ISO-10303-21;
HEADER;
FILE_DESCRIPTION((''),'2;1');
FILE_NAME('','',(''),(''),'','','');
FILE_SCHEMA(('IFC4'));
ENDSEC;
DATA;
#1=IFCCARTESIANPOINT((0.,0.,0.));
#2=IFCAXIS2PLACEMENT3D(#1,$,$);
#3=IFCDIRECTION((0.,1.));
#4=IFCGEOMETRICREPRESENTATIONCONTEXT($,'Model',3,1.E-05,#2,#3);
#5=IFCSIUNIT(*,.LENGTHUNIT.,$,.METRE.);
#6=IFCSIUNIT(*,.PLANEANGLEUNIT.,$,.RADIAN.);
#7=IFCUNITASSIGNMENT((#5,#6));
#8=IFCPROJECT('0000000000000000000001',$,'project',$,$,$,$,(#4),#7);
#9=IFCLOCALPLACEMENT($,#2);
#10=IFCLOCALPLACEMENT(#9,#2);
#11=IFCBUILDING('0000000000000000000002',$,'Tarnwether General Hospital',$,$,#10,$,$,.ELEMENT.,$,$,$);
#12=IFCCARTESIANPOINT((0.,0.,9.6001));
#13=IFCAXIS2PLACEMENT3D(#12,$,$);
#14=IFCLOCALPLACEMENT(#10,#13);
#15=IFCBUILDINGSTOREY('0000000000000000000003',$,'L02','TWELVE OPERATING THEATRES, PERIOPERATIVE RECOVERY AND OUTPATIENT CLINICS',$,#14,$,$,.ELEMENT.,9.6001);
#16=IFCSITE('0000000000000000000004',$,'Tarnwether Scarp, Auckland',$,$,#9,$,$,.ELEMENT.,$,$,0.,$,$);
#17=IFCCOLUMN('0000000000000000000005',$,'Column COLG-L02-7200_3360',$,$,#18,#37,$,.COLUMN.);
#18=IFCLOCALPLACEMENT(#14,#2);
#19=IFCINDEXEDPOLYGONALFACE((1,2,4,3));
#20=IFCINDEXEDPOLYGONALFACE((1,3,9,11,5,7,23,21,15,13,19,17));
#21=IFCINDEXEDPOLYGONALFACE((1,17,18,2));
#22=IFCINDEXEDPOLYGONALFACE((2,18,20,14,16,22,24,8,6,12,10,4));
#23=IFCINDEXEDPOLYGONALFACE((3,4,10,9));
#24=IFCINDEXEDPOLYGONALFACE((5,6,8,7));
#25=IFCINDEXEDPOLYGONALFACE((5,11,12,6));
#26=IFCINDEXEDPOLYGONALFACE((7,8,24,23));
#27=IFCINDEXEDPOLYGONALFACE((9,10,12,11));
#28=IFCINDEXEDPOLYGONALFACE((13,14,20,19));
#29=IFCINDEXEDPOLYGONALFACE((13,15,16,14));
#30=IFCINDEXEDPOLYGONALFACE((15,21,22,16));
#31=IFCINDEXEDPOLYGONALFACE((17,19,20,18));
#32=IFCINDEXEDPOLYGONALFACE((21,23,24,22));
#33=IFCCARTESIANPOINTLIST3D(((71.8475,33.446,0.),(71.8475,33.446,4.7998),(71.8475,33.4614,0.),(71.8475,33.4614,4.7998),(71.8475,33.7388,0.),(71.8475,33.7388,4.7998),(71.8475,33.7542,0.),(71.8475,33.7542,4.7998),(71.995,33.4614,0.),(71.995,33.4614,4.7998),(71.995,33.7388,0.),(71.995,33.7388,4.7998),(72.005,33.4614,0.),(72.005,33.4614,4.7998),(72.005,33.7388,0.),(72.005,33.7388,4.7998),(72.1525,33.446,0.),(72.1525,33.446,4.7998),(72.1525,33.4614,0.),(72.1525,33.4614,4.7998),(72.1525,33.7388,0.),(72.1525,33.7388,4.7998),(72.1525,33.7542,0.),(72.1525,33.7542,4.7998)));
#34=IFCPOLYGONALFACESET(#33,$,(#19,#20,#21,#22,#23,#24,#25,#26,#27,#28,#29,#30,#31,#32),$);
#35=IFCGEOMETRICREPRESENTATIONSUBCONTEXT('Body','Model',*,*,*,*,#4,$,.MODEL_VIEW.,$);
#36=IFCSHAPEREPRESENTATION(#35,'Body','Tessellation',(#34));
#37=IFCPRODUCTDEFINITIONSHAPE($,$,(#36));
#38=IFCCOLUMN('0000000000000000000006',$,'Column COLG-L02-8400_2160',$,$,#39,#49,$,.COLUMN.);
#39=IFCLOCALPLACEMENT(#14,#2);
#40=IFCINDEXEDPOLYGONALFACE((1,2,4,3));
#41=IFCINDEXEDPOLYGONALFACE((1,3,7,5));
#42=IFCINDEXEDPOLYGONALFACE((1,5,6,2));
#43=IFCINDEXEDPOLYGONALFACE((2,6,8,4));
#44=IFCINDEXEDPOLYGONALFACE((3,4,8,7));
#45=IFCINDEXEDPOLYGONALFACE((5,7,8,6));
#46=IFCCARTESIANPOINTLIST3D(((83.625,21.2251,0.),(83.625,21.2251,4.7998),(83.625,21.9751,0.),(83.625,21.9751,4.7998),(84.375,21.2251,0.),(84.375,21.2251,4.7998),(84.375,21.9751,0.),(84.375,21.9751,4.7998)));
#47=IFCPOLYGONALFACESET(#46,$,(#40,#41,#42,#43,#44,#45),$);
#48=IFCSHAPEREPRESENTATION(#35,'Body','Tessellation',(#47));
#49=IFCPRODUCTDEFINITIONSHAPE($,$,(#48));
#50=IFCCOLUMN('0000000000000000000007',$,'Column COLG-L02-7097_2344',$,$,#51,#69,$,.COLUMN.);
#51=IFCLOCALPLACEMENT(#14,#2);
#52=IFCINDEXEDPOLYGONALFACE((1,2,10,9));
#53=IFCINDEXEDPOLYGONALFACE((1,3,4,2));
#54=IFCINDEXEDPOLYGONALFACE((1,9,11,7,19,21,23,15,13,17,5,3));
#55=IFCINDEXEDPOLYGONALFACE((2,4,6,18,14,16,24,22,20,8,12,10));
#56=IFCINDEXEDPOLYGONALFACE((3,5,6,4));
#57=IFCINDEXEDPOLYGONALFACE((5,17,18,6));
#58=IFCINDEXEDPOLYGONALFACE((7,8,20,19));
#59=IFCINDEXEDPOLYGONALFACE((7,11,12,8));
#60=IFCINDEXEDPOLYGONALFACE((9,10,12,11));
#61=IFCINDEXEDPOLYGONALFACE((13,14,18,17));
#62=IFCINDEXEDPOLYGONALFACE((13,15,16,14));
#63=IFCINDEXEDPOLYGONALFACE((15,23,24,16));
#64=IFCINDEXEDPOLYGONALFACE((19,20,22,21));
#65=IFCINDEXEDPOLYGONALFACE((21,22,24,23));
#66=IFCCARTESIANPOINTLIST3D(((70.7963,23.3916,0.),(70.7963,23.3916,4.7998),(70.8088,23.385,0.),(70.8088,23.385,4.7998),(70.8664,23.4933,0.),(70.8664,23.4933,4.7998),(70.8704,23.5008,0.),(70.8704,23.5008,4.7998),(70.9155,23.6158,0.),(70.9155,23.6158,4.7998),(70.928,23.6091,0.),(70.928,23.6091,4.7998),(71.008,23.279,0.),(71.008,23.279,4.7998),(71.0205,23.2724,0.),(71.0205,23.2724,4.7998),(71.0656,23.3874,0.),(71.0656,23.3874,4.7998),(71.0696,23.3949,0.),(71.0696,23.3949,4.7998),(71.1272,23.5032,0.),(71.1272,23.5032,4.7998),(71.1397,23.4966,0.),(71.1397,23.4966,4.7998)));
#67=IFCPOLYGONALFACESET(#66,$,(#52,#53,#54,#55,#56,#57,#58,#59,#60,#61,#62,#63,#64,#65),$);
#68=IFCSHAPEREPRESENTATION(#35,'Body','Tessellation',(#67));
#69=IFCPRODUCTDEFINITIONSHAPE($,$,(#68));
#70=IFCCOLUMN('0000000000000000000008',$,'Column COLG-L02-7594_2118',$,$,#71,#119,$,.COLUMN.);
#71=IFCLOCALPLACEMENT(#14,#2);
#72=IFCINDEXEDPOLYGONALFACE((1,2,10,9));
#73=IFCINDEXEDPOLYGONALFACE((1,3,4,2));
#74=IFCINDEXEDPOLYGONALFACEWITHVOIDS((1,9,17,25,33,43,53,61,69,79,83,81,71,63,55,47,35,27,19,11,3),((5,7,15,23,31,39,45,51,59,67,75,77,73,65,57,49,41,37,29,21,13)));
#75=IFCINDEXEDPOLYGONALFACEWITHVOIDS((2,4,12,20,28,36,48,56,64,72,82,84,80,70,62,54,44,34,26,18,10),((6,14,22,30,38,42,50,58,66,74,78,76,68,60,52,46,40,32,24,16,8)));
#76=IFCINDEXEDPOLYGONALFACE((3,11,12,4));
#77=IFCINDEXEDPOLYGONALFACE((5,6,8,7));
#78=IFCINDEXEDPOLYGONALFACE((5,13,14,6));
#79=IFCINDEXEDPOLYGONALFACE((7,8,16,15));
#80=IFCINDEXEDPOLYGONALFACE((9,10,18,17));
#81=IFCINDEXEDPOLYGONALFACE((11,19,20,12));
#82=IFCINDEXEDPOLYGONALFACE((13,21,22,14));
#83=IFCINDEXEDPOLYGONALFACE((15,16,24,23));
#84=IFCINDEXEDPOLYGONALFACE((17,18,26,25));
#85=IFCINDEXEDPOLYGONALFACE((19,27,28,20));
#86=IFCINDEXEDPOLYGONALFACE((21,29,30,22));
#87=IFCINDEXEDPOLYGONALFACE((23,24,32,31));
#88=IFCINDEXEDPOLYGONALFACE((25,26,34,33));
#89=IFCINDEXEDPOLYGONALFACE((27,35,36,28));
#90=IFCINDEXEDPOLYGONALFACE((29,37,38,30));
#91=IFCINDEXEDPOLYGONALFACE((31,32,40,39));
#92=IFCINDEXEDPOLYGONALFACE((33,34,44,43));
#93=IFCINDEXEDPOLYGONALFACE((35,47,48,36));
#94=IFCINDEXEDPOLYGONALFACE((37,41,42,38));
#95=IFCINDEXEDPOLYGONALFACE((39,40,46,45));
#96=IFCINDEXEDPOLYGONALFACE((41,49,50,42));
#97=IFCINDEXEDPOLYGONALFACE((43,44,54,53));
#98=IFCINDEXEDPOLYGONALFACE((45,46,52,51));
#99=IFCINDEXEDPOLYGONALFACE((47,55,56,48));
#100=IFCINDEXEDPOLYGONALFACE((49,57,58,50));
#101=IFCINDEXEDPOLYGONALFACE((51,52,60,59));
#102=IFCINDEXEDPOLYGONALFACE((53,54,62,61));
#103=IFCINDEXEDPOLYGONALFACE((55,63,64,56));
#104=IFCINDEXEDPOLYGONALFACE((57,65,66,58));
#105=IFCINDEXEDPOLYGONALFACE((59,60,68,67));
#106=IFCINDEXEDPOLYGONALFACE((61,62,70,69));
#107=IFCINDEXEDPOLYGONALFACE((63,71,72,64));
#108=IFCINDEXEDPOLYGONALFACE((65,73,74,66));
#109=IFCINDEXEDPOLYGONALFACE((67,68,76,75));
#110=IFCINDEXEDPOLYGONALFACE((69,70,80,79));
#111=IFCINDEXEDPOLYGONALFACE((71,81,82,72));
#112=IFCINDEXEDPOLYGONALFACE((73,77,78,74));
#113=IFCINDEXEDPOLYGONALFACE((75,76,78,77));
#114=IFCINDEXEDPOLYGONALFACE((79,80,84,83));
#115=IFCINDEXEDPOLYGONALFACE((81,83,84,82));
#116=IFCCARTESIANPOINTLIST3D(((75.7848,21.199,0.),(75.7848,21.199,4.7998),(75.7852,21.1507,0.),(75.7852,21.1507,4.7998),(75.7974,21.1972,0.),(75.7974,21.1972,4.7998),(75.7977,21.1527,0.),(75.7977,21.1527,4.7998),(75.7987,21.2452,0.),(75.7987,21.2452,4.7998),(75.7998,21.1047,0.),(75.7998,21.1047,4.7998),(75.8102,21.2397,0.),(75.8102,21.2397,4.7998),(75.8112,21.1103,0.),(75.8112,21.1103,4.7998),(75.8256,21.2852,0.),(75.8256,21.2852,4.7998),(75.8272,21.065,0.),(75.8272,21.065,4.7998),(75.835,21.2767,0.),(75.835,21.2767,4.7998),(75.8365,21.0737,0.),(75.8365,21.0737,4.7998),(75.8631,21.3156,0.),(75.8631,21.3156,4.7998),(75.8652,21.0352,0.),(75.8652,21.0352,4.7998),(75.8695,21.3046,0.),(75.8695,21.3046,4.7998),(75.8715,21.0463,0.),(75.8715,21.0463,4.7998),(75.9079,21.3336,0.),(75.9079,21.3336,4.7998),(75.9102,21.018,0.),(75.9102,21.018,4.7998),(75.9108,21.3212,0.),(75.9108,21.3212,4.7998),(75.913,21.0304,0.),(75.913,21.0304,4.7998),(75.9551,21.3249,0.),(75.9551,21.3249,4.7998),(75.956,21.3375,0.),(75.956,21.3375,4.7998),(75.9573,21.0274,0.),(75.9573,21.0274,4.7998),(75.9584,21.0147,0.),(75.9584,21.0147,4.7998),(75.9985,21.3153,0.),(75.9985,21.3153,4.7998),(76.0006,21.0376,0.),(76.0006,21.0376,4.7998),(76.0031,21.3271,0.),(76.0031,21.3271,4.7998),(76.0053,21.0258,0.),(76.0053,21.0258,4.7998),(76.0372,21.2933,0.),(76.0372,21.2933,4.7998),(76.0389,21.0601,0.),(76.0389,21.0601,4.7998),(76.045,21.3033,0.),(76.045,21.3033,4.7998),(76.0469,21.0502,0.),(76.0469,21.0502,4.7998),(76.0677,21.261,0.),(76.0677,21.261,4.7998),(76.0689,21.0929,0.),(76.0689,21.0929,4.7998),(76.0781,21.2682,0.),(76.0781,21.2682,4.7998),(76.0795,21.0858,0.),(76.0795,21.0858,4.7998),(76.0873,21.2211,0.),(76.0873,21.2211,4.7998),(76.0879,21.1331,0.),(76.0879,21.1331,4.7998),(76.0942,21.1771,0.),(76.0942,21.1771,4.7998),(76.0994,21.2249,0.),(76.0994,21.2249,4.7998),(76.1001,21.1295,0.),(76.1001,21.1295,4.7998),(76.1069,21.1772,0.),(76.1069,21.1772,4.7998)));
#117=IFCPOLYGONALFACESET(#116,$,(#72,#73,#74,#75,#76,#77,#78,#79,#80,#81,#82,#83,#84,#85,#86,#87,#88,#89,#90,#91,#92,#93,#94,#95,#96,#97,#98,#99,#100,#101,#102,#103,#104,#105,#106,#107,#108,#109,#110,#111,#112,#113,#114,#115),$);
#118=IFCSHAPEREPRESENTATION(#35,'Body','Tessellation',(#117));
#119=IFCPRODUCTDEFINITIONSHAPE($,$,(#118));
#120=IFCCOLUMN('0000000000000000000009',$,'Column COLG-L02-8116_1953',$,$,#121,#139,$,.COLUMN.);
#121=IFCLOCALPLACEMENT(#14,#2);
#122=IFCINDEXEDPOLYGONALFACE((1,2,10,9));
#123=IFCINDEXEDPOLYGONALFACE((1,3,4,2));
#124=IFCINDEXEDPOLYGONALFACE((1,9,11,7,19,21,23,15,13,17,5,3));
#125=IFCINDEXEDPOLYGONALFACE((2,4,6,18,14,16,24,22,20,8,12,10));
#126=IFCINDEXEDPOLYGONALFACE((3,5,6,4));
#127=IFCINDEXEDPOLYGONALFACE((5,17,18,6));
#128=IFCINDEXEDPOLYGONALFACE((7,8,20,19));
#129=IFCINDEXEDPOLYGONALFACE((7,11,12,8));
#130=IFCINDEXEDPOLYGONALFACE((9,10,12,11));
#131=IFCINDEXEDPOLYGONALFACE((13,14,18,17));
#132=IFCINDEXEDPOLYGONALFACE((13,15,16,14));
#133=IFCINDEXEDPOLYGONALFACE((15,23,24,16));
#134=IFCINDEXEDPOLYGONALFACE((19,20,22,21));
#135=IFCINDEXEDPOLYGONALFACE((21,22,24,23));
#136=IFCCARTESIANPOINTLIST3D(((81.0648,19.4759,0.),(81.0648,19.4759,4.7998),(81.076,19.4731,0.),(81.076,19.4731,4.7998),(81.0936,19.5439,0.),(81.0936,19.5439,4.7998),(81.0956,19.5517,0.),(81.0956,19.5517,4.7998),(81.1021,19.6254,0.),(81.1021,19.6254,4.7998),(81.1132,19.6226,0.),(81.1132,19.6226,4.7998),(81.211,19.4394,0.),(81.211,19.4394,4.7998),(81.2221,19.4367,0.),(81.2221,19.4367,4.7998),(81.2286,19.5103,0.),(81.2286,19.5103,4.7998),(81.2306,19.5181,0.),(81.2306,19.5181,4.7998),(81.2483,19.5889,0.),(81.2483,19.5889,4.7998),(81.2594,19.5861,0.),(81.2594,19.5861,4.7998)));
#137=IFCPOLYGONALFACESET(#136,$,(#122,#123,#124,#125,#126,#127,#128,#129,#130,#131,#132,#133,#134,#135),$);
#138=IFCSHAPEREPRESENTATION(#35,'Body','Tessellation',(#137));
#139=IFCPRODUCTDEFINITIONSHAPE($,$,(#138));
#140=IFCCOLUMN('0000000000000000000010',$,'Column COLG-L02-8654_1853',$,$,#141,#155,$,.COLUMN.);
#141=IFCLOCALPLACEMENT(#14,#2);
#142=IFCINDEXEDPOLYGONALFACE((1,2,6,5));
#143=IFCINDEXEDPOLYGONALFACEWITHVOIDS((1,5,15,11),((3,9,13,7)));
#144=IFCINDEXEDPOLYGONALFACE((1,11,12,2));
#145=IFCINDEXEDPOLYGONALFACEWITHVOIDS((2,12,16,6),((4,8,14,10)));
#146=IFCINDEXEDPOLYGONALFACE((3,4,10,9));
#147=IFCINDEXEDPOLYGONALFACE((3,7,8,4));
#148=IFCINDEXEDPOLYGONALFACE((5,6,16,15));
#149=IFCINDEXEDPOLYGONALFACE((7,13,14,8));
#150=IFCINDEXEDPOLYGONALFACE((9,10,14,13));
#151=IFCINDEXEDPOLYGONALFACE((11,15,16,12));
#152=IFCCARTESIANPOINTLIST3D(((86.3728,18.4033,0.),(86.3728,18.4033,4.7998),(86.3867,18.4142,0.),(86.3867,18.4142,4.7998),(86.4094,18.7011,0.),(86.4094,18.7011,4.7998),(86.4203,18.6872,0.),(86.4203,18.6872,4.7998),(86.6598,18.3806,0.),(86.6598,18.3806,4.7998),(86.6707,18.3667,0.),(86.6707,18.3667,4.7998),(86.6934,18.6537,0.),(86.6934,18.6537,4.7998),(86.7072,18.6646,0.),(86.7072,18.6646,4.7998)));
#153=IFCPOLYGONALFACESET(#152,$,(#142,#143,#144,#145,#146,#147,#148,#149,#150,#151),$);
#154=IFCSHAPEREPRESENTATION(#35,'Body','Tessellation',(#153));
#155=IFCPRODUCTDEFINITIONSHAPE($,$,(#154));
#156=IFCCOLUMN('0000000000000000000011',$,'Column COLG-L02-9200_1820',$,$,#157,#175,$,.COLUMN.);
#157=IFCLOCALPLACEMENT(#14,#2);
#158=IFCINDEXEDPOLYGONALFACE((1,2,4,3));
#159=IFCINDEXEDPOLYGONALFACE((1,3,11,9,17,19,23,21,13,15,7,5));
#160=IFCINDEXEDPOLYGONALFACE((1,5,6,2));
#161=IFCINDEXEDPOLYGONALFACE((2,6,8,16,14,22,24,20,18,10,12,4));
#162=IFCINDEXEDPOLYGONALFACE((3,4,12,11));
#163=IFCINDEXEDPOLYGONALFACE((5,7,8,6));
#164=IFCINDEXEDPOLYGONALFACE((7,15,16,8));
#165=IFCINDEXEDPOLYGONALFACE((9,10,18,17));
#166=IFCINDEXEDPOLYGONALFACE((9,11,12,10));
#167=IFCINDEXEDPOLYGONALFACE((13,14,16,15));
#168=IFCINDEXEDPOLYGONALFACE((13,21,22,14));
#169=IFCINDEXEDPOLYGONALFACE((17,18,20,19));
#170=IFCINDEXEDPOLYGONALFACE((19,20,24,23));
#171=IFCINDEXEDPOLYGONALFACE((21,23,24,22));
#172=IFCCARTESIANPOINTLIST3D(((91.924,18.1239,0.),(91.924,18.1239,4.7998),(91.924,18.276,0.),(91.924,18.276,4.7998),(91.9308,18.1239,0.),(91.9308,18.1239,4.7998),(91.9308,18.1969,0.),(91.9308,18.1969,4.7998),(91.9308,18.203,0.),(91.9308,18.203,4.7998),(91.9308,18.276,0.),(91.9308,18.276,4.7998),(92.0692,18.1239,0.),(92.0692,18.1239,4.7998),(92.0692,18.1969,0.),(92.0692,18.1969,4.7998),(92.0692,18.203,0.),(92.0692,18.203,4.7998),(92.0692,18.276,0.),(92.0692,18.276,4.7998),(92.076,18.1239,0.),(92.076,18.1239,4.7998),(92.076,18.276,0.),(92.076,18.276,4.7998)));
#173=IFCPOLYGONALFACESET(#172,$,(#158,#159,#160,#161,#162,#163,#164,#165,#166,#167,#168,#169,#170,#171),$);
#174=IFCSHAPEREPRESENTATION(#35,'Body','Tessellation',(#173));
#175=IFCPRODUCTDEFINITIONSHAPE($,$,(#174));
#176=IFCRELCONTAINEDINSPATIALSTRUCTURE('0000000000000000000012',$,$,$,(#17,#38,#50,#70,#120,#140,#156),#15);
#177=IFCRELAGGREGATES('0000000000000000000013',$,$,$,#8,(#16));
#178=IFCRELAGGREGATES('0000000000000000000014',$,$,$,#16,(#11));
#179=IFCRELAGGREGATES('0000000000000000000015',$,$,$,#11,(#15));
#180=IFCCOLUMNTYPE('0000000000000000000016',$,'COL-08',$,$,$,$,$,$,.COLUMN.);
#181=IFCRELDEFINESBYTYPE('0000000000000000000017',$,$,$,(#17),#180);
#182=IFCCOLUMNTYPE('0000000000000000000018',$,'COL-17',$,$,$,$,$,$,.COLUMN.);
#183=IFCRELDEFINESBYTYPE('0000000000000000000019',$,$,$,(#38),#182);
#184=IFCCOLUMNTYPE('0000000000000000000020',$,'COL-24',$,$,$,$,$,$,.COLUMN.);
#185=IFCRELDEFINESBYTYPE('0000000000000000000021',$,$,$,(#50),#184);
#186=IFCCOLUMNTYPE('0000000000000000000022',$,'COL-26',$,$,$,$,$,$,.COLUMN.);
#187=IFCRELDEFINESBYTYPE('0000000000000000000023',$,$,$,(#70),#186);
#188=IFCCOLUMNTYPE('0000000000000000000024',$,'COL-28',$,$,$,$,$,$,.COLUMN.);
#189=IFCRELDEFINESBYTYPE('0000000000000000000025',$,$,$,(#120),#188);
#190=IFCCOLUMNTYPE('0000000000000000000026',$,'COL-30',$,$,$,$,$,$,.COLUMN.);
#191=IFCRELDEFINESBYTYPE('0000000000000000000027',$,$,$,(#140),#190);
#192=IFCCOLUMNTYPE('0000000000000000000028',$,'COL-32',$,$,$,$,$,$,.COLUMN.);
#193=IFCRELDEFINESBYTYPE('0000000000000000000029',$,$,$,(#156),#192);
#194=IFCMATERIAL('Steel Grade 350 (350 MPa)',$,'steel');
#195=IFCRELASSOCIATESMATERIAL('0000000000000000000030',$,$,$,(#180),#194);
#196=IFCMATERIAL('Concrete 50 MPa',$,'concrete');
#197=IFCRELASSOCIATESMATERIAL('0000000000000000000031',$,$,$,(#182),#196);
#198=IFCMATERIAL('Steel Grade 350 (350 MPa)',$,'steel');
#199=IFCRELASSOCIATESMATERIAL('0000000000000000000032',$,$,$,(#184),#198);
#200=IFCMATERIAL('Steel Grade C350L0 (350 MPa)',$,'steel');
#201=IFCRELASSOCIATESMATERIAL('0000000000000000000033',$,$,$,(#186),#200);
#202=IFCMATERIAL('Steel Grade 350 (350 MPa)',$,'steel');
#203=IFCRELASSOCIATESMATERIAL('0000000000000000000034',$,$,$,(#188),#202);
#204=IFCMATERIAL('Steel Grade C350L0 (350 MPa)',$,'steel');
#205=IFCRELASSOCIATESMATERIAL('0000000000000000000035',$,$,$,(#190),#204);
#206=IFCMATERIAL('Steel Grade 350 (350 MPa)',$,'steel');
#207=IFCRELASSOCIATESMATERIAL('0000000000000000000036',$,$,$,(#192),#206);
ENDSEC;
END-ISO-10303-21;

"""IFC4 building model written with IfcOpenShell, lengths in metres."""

from ifc_helpers import new_model, si_unit, direction, frame, origin, origin_2d, place, context, subcontext, project, spatial, rectangle, hollow_rectangle, hollow_circle, i_section, extrude, material, material_profile, profile_set, type_object, element, save


model = new_model("IFC4")

# Units and contexts
model_context = context("Model", 3, precision=1e-05, world=origin(), true_north=direction((0.0, 1.0)))
body_context = subcontext(model_context, "Body", "Model", "MODEL_VIEW")
ifc_project = project(units=[si_unit("LENGTHUNIT", "METRE"), si_unit("PLANEANGLEUNIT", "RADIAN")], contexts=[model_context])

# Site, building, storey
site_placement = place(None, origin())
site = spatial("IfcSite", under=ifc_project, at=site_placement, Name="Tarnwether Scarp, Auckland", CompositionType="ELEMENT", RefElevation=0.0)
building_placement = place(site_placement, origin())
building = spatial("IfcBuilding", under=site, at=building_placement, Name="Tarnwether General Hospital", CompositionType="ELEMENT")
storey_placement = place(building_placement, frame((0.0, 0.0, 9.6001)))
storey = spatial("IfcBuildingStorey", under=building, at=storey_placement, Name="L02", Description="TWELVE OPERATING THEATRES, PERIOPERATIVE RECOVERY AND OUTPATIENT CLINICS", CompositionType="ELEMENT", Elevation=9.6001)

# Columns
ifc_material_1 = material(Name="Steel Grade 350 (350 MPa)", Category="steel")
ifc_material_profile_1 = material_profile(ifc_material_1, i_section(OverallWidth=0.3049, OverallDepth=0.3081, WebThickness=0.01, FlangeThickness=0.0154, at=origin_2d()), Name="310UC96.8")
ifc_profile_set_1 = profile_set([ifc_material_profile_1], Name="Steel Grade 350 (350 MPa)")
column_type_1 = type_object("IfcColumnType", Name="COL-08", PredefinedType="COLUMN", material=ifc_profile_set_1)
column_1_placement = place(storey_placement, frame((72.0, 33.6001, 0.0), z_axis=(0.0, 0.0, 1.0), x_axis=(1.0, 0.0, 0.0)))
element("IfcColumn", 1, at=column_1_placement, inside=storey, type_object=column_type_1, Name="Column COLG-L02-7200_3360", PredefinedType="COLUMN", context=body_context, shape_type="SweptSolid", body=[
    extrude(i_section(OverallWidth=0.3049, OverallDepth=0.3081, WebThickness=0.01, FlangeThickness=0.0154, at=origin_2d()), origin(), (0.0, 0.0, 1.0), 4.7998),
])
ifc_material_2 = material(Name="Concrete 50 MPa", Category="concrete")
ifc_material_profile_2 = material_profile(ifc_material_2, rectangle(XDim=0.75, YDim=0.75, at=origin_2d()), Name="RC-COL-750x750")
ifc_profile_set_2 = profile_set([ifc_material_profile_2], Name="Concrete 50 MPa")
column_type_2 = type_object("IfcColumnType", Name="COL-17", PredefinedType="COLUMN", material=ifc_profile_set_2)
column_2_placement = place(storey_placement, frame((84.0, 21.6001, 0.0), z_axis=(0.0, 0.0, 1.0), x_axis=(0.0, 1.0, 0.0)))
element("IfcColumn", 2, at=column_2_placement, inside=storey, type_object=column_type_2, Name="Column COLG-L02-8400_2160", PredefinedType="COLUMN", context=body_context, shape_type="SweptSolid", body=[
    extrude(rectangle(XDim=0.75, YDim=0.75, at=origin_2d()), origin(), (0.0, 0.0, 1.0), 4.7998),
])
ifc_material_3 = material(Name="Steel Grade 350 (350 MPa)", Category="steel")
ifc_material_profile_3 = material_profile(ifc_material_3, i_section(OverallWidth=0.2539, OverallDepth=0.2539, WebThickness=0.0085, FlangeThickness=0.0142, at=origin_2d()), Name="250UC72.9")
ifc_profile_set_3 = profile_set([ifc_material_profile_3], Name="Steel Grade 350 (350 MPa)")
column_type_3 = type_object("IfcColumnType", Name="COL-24", PredefinedType="COLUMN", material=ifc_profile_set_3)
column_3_placement = place(storey_placement, frame((70.968, 23.4441, 0.0), z_axis=(0.0, 0.0, 1.0), x_axis=(0.469472, 0.882948, 0.0)))
element("IfcColumn", 3, at=column_3_placement, inside=storey, type_object=column_type_3, Name="Column COLG-L02-7097_2344", PredefinedType="COLUMN", context=body_context, shape_type="SweptSolid", body=[
    extrude(i_section(OverallWidth=0.2539, OverallDepth=0.2539, WebThickness=0.0085, FlangeThickness=0.0142, at=origin_2d()), origin(), (0.0, 0.0, 1.0), 4.7998),
])
ifc_material_4 = material(Name="Steel Grade C350L0 (350 MPa)", Category="steel")
ifc_material_profile_4 = material_profile(ifc_material_4, hollow_circle(Radius=0.1619, WallThickness=0.0127, at=origin_2d()), Name="CHS323.9x12.7")
ifc_profile_set_4 = profile_set([ifc_material_profile_4], Name="Steel Grade C350L0 (350 MPa)")
column_type_4 = type_object("IfcColumnType", Name="COL-26", PredefinedType="COLUMN", material=ifc_profile_set_4)
column_4_placement = place(storey_placement, frame((75.9451, 21.176, 0.0), z_axis=(0.0, 0.0, 1.0), x_axis=(0.358368, 0.93358, 0.0)))
element("IfcColumn", 4, at=column_4_placement, inside=storey, type_object=column_type_4, Name="Column COLG-L02-7594_2118", PredefinedType="COLUMN", context=body_context, shape_type="SweptSolid", body=[
    extrude(hollow_circle(Radius=0.1619, WallThickness=0.0127, at=origin_2d()), origin(), (0.0, 0.0, 1.0), 4.7998),
])
ifc_material_5 = material(Name="Steel Grade 350 (350 MPa)", Category="steel")
ifc_material_profile_5 = material_profile(ifc_material_5, i_section(OverallWidth=0.1541, OverallDepth=0.1621, WebThickness=0.0081, FlangeThickness=0.0115, at=origin_2d()), Name="150UC37.2")
ifc_profile_set_5 = profile_set([ifc_material_profile_5], Name="Steel Grade 350 (350 MPa)")
column_type_5 = type_object("IfcColumnType", Name="COL-28", PredefinedType="COLUMN", material=ifc_profile_set_5)
column_5_placement = place(storey_placement, frame((81.1621, 19.531, 0.0), z_axis=(0.0, 0.0, 1.0), x_axis=(0.241922, 0.970296, 0.0)))
element("IfcColumn", 5, at=column_5_placement, inside=storey, type_object=column_type_5, Name="Column COLG-L02-8116_1953", PredefinedType="COLUMN", context=body_context, shape_type="SweptSolid", body=[
    extrude(i_section(OverallWidth=0.1541, OverallDepth=0.1621, WebThickness=0.0081, FlangeThickness=0.0115, at=origin_2d()), origin(), (0.0, 0.0, 1.0), 4.7998),
])
ifc_material_6 = material(Name="Steel Grade C350L0 (350 MPa)", Category="steel")
ifc_material_profile_6 = material_profile(ifc_material_6, hollow_rectangle(XDim=0.3, YDim=0.3, WallThickness=0.0125, at=origin_2d()), Name="SHS300x300x12.5")
ifc_profile_set_6 = profile_set([ifc_material_profile_6], Name="Steel Grade C350L0 (350 MPa)")
column_type_6 = type_object("IfcColumnType", Name="COL-30", PredefinedType="COLUMN", material=ifc_profile_set_6)
column_6_placement = place(storey_placement, frame((86.54, 18.5339, 0.0), z_axis=(0.0, 0.0, 1.0), x_axis=(0.121869, 0.992546, 0.0)))
element("IfcColumn", 6, at=column_6_placement, inside=storey, type_object=column_type_6, Name="Column COLG-L02-8654_1853", PredefinedType="COLUMN", context=body_context, shape_type="SweptSolid", body=[
    extrude(hollow_rectangle(XDim=0.3, YDim=0.3, WallThickness=0.0125, at=origin_2d()), origin(), (0.0, 0.0, 1.0), 4.7998),
])
ifc_material_7 = material(Name="Steel Grade 350 (350 MPa)", Category="steel")
ifc_material_profile_7 = material_profile(ifc_material_7, i_section(OverallWidth=0.1521, OverallDepth=0.1521, WebThickness=0.0061, FlangeThickness=0.0068, at=origin_2d()), Name="150UC23.4")
ifc_profile_set_7 = profile_set([ifc_material_profile_7], Name="Steel Grade 350 (350 MPa)")
column_type_7 = type_object("IfcColumnType", Name="COL-32", PredefinedType="COLUMN", material=ifc_profile_set_7)
column_7_placement = place(storey_placement, frame((92.0, 18.2, 0.0), z_axis=(0.0, 0.0, 1.0), x_axis=(0.0, 1.0, 0.0)))
element("IfcColumn", 7, at=column_7_placement, inside=storey, type_object=column_type_7, Name="Column COLG-L02-9200_1820", PredefinedType="COLUMN", context=body_context, shape_type="SweptSolid", body=[
    extrude(i_section(OverallWidth=0.1521, OverallDepth=0.1521, WebThickness=0.0061, FlangeThickness=0.0068, at=origin_2d()), origin(), (0.0, 0.0, 1.0), 4.7998),
])

save(model, "model.ifc")
